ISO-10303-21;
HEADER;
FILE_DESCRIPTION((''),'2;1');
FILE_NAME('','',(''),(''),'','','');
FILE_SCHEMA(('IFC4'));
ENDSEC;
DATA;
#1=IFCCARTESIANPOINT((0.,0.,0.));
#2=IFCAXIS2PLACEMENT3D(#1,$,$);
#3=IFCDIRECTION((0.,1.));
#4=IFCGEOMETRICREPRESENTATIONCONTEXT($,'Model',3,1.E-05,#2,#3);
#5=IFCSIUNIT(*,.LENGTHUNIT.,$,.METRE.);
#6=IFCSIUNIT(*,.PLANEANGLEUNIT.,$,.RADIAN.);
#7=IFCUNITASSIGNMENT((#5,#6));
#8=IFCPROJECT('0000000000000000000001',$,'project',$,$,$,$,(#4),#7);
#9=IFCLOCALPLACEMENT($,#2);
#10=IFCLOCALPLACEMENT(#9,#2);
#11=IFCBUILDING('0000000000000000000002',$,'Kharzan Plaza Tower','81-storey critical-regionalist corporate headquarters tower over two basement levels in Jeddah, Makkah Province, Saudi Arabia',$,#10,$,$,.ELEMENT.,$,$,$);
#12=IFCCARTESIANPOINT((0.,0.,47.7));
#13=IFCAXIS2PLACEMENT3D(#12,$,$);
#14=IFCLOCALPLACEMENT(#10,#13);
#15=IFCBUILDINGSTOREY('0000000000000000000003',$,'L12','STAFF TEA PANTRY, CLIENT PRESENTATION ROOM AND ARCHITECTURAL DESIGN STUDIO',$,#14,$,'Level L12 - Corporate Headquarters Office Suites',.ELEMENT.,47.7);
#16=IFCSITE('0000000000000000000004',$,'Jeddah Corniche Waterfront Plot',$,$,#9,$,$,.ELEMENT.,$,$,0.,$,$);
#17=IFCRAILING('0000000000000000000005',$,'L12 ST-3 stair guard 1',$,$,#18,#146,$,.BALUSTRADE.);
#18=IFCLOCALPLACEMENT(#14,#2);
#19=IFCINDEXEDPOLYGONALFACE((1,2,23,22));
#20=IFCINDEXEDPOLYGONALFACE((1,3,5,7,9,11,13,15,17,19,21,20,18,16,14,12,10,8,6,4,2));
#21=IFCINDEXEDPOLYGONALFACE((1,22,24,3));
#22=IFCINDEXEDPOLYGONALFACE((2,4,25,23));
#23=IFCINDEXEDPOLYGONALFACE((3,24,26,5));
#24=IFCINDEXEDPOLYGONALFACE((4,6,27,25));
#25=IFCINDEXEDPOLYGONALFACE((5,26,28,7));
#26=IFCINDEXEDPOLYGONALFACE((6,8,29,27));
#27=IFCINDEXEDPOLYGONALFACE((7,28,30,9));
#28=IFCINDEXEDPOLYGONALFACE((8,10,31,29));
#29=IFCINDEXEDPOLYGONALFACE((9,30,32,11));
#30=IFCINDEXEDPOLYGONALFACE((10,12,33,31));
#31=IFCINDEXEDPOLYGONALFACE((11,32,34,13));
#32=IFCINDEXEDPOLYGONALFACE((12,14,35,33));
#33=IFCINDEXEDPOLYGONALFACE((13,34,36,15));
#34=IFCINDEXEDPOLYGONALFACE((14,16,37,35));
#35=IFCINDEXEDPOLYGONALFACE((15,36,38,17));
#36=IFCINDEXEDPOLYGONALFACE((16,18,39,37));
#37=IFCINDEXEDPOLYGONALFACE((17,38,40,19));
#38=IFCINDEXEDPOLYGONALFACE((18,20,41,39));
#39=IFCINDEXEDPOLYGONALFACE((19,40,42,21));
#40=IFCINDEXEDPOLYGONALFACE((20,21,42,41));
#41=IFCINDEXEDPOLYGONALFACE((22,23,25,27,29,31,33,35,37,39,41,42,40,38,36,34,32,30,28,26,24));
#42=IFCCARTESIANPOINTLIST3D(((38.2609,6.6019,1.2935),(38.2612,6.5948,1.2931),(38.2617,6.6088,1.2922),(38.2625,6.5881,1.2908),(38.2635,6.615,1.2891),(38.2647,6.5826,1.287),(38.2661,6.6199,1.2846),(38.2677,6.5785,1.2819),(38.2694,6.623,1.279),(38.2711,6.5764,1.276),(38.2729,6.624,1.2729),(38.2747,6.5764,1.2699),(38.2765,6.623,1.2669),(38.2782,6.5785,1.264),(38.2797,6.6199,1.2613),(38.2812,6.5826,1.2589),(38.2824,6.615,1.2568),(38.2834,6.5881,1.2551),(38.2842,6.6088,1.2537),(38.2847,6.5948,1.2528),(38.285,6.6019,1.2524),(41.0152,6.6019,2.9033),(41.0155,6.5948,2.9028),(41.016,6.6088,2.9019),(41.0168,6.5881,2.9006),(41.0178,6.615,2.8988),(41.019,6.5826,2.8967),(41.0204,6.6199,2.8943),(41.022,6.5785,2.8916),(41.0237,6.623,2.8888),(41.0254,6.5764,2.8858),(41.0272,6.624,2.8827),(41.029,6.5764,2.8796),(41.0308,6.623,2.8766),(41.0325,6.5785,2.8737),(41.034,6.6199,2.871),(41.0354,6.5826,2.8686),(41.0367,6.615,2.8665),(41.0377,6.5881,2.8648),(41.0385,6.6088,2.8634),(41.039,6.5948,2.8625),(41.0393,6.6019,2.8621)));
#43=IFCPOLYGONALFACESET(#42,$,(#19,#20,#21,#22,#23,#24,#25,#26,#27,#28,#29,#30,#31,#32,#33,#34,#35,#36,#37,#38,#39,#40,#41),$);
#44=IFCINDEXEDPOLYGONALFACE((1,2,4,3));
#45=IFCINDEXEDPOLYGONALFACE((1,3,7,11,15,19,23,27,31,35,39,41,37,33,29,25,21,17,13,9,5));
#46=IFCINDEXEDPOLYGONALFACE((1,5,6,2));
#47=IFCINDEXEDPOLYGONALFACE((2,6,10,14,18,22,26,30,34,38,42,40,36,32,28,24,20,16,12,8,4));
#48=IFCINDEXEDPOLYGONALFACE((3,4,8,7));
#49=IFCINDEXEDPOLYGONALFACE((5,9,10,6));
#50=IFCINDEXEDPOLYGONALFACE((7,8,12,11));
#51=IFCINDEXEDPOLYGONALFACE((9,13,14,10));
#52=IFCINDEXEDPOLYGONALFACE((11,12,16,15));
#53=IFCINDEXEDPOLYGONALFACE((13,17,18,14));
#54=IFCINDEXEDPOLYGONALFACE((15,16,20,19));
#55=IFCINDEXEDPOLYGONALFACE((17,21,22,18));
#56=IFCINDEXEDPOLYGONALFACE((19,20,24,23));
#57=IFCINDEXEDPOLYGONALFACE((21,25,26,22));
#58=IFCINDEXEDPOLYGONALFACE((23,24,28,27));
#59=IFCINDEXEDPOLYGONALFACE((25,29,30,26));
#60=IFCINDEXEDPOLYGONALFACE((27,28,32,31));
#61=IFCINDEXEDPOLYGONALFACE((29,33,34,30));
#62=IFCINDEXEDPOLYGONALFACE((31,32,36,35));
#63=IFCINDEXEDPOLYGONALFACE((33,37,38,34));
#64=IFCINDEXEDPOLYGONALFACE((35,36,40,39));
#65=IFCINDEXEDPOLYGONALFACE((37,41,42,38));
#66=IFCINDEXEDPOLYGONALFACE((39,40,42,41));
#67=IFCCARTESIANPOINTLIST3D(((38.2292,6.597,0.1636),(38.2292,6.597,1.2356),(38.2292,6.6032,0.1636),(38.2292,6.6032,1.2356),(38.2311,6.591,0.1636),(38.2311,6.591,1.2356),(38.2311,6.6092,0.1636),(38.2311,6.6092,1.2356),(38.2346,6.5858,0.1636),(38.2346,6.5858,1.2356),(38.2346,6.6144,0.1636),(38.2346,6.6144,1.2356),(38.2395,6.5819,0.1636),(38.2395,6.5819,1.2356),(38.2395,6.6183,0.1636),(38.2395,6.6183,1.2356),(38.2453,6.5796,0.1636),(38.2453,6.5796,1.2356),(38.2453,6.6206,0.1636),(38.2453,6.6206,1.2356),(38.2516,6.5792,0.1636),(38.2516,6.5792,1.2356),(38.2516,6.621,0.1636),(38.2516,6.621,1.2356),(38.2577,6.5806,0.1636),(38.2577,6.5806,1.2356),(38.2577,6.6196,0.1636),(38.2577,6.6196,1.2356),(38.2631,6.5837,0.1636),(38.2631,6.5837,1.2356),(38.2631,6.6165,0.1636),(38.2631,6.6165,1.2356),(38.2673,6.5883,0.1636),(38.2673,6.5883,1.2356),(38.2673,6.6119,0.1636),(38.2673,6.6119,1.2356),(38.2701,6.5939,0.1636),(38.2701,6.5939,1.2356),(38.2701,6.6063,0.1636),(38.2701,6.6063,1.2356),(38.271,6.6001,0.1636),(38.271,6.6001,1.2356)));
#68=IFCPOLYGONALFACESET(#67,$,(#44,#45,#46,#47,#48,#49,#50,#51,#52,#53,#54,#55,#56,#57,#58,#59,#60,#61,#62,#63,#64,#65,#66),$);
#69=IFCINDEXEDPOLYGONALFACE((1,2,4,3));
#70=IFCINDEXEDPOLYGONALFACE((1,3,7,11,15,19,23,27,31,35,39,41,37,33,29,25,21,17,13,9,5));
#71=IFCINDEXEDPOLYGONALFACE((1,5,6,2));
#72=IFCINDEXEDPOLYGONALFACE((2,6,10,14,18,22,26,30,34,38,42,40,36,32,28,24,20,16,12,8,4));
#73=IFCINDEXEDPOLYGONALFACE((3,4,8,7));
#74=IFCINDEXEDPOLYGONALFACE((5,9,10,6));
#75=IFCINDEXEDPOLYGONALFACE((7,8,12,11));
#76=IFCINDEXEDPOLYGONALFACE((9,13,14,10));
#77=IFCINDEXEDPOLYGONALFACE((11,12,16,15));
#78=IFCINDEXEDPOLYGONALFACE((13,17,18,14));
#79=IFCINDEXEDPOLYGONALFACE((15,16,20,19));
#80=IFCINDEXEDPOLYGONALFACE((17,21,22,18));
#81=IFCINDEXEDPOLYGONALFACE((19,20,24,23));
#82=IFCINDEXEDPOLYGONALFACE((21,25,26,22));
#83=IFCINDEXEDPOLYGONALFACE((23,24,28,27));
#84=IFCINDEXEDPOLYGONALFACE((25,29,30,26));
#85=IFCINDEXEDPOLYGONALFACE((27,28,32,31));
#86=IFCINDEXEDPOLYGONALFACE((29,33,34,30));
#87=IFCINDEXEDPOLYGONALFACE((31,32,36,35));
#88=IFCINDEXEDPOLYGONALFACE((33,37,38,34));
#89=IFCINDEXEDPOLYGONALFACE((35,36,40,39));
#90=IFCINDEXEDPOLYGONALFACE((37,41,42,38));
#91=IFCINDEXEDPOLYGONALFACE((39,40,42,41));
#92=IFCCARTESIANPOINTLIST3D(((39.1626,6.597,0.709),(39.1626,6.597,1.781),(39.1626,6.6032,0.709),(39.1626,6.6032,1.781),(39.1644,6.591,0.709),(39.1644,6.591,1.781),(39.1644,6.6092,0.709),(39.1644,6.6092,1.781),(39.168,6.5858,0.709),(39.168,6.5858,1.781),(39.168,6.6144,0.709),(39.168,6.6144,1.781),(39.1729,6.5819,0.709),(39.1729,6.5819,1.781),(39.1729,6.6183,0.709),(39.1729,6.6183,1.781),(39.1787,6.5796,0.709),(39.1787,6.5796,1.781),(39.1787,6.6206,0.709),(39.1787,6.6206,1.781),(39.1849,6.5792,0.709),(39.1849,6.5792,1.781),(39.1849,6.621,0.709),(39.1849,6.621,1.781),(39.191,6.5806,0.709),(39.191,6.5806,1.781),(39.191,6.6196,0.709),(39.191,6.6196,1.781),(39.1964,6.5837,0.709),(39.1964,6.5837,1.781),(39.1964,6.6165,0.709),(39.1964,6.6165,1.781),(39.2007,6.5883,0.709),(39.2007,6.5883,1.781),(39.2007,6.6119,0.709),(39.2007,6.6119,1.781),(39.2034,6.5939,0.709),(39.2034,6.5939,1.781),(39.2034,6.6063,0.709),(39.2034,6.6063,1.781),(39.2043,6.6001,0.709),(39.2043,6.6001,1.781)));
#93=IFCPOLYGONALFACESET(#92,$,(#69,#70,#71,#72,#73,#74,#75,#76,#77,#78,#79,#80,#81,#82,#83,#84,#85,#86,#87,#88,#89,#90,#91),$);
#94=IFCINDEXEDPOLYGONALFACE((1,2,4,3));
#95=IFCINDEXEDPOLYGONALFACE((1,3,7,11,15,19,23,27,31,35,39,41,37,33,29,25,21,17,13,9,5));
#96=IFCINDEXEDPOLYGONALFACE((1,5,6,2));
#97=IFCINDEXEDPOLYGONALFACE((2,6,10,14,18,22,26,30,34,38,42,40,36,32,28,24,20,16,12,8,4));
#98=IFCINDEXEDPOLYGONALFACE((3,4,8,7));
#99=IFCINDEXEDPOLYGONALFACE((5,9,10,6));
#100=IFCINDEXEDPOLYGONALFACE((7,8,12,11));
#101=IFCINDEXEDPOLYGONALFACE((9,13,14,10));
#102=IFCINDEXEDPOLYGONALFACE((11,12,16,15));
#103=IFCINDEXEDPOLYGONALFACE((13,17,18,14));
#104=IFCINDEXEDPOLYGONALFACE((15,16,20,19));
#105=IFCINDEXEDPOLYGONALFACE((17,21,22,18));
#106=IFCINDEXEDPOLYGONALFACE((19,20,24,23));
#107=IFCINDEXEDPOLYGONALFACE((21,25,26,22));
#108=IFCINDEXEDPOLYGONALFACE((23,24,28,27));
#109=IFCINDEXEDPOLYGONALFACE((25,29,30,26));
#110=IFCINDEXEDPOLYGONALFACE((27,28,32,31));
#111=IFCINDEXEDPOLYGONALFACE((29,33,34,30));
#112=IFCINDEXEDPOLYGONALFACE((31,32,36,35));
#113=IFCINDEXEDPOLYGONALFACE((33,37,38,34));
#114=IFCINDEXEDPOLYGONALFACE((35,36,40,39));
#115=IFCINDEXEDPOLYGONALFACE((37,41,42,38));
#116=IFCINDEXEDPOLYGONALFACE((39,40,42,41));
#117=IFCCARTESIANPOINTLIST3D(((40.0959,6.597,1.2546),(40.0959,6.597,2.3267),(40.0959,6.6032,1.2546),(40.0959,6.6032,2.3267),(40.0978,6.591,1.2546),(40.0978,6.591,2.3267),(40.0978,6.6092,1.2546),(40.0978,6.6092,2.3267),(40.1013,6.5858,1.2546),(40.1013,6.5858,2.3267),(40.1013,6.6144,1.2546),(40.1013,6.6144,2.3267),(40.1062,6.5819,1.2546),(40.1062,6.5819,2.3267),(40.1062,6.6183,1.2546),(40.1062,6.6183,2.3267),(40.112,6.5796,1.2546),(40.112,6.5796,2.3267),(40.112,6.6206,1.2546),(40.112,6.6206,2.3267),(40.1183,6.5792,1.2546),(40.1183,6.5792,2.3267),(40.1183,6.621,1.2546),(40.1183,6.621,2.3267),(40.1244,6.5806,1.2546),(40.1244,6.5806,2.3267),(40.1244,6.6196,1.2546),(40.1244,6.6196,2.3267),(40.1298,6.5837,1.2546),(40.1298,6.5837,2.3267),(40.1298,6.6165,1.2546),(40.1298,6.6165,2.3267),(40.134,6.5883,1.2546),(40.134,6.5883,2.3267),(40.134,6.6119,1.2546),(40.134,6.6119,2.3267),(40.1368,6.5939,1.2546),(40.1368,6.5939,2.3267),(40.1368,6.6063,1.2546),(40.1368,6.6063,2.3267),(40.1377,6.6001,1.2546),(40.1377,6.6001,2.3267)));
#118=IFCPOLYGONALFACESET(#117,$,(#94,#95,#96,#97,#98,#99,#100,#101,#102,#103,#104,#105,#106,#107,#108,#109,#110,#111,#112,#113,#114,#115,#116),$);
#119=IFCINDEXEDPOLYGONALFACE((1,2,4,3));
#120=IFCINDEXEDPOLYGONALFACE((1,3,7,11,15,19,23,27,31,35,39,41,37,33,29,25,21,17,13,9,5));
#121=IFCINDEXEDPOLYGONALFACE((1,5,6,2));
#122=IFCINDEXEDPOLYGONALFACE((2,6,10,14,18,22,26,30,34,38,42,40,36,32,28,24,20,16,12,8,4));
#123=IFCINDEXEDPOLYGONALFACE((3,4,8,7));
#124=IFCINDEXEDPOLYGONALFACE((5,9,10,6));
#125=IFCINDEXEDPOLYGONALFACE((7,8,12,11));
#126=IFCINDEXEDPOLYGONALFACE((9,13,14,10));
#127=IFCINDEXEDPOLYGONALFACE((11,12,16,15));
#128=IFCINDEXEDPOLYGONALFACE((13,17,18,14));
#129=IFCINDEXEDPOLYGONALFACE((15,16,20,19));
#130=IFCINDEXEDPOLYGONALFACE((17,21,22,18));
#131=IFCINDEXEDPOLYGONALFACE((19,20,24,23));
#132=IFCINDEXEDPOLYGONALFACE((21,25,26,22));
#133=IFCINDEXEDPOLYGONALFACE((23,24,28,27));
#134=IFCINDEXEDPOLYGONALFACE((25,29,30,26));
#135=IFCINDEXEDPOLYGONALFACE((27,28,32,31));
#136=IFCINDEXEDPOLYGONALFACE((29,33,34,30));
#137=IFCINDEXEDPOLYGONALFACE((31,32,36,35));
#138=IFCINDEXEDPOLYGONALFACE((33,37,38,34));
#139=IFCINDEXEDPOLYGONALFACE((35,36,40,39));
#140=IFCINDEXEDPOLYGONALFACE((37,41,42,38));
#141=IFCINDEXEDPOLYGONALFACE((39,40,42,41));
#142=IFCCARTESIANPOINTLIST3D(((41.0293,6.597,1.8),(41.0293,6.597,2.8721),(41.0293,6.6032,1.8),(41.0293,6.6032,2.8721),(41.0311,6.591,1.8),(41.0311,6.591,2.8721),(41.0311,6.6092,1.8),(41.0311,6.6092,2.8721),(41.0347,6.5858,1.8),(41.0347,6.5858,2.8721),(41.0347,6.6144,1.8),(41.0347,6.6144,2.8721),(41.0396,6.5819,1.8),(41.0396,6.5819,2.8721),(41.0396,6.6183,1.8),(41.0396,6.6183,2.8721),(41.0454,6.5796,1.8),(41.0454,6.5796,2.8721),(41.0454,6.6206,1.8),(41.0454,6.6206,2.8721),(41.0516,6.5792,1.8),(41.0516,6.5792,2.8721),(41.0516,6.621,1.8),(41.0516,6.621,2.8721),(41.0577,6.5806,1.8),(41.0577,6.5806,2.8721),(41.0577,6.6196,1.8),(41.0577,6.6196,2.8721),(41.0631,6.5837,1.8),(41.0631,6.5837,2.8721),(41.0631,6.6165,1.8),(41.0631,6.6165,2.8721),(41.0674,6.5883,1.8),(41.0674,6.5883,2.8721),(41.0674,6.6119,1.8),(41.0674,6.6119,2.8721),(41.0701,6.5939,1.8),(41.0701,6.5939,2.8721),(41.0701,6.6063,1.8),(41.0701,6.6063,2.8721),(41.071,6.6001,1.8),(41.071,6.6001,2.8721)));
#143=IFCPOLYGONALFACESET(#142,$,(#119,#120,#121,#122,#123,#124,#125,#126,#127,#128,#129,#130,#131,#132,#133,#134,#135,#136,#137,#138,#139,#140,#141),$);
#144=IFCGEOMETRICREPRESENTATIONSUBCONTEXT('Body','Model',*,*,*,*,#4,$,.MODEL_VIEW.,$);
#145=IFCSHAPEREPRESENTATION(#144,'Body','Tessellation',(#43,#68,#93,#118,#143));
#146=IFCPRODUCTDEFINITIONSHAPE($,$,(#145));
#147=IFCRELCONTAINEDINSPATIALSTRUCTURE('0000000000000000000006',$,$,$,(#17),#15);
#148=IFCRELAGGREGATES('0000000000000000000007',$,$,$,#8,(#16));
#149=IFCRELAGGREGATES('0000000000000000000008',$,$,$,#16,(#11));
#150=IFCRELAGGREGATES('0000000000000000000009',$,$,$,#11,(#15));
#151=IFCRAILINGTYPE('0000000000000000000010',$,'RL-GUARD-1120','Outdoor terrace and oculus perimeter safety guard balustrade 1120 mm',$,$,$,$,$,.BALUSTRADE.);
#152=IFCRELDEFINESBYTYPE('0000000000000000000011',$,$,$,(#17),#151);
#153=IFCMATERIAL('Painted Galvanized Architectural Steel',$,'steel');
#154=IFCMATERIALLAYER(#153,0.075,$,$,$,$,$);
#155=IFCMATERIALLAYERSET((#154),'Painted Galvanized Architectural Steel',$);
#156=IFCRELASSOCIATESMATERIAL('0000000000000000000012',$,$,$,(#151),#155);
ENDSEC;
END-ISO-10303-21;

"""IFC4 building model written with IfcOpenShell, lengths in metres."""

from ifc_helpers import new_model, si_unit, direction, frame, origin, origin_2d, place, context, subcontext, project, spatial, circle, extrude, source, transform, mapped, material, layer, layer_set, type_object, element, save


model = new_model("IFC4")

# Units and contexts
model_context = context("Model", 3, precision=1e-05, world=origin(), true_north=direction((0.0, 1.0)))
body_context = subcontext(model_context, "Body", "Model", "MODEL_VIEW")
ifc_project = project(units=[si_unit("LENGTHUNIT", "METRE"), si_unit("PLANEANGLEUNIT", "RADIAN")], contexts=[model_context])

# Site, building, storey
site_placement = place(None, origin())
site = spatial("IfcSite", under=ifc_project, at=site_placement, Name="Jeddah Corniche Waterfront Plot", CompositionType="ELEMENT", RefElevation=0.0)
building_placement = place(site_placement, origin())
building = spatial("IfcBuilding", under=site, at=building_placement, Name="Kharzan Plaza Tower", Description="81-storey critical-regionalist corporate headquarters tower over two basement levels in Jeddah, Makkah Province, Saudi Arabia", CompositionType="ELEMENT")
storey_placement = place(building_placement, frame((0.0, 0.0, 47.7)))
storey = spatial("IfcBuildingStorey", under=building, at=storey_placement, Name="L12", Description="STAFF TEA PANTRY, CLIENT PRESENTATION ROOM AND ARCHITECTURAL DESIGN STUDIO", LongName="Level L12 - Corporate Headquarters Office Suites", CompositionType="ELEMENT", Elevation=47.7)

# Railing
ifc_material_1 = material(Name="Painted Galvanized Architectural Steel", Category="steel")
ifc_layer_1 = layer(ifc_material_1, 0.075)
ifc_layer_set_1 = layer_set([ifc_layer_1], Name="Painted Galvanized Architectural Steel")
railing_type_1 = type_object("IfcRailingType", Name="RL-GUARD-1120", Description="Outdoor terrace and oculus perimeter safety guard balustrade 1120 mm", PredefinedType="BALUSTRADE", material=ifc_layer_set_1)
shared_shape_1 = source(origin(), body_context, "Body", "SweptSolid", [
    extrude(circle(Radius=0.0239, at=origin_2d()), frame((0.0229, 0.0, 1.1094), z_axis=(0.863361, 0.0, 0.504587), x_axis=(0.0, 1.0, 0.0)), (0.0, 0.0, 1.0), 3.1902),
    extrude(circle(Radius=0.021, at=origin_2d()), origin(), (0.0, 0.0, 1.0), 1.072),
    extrude(circle(Radius=0.021, at=origin_2d()), frame((0.9333, 0.0, 0.5454)), (0.0, 0.0, 1.0), 1.072),
    extrude(circle(Radius=0.021, at=origin_2d()), frame((1.8667, 0.0, 1.0911)), (0.0, 0.0, 1.0), 1.072),
    extrude(circle(Radius=0.021, at=origin_2d()), frame((2.8, 0.0, 1.6365)), (0.0, 0.0, 1.0), 1.072),
])
railing_1_placement = place(storey_placement, frame((38.25, 6.6001, 0.1636)))
element("IfcRailing", 1, at=railing_1_placement, inside=storey, type_object=railing_type_1, Name="L12 ST-3 stair guard 1", PredefinedType="BALUSTRADE", context=body_context, shape_type="MappedRepresentation", body=[
    mapped(shared_shape_1, transform((0.0, 0.0, 0.0), x_axis=(1.0, 0.0, 0.0), y_axis=(0.0, 1.0, 0.0), z_axis=(0.0, 0.0, 1.0))),
])

save(model, "model.ifc")
